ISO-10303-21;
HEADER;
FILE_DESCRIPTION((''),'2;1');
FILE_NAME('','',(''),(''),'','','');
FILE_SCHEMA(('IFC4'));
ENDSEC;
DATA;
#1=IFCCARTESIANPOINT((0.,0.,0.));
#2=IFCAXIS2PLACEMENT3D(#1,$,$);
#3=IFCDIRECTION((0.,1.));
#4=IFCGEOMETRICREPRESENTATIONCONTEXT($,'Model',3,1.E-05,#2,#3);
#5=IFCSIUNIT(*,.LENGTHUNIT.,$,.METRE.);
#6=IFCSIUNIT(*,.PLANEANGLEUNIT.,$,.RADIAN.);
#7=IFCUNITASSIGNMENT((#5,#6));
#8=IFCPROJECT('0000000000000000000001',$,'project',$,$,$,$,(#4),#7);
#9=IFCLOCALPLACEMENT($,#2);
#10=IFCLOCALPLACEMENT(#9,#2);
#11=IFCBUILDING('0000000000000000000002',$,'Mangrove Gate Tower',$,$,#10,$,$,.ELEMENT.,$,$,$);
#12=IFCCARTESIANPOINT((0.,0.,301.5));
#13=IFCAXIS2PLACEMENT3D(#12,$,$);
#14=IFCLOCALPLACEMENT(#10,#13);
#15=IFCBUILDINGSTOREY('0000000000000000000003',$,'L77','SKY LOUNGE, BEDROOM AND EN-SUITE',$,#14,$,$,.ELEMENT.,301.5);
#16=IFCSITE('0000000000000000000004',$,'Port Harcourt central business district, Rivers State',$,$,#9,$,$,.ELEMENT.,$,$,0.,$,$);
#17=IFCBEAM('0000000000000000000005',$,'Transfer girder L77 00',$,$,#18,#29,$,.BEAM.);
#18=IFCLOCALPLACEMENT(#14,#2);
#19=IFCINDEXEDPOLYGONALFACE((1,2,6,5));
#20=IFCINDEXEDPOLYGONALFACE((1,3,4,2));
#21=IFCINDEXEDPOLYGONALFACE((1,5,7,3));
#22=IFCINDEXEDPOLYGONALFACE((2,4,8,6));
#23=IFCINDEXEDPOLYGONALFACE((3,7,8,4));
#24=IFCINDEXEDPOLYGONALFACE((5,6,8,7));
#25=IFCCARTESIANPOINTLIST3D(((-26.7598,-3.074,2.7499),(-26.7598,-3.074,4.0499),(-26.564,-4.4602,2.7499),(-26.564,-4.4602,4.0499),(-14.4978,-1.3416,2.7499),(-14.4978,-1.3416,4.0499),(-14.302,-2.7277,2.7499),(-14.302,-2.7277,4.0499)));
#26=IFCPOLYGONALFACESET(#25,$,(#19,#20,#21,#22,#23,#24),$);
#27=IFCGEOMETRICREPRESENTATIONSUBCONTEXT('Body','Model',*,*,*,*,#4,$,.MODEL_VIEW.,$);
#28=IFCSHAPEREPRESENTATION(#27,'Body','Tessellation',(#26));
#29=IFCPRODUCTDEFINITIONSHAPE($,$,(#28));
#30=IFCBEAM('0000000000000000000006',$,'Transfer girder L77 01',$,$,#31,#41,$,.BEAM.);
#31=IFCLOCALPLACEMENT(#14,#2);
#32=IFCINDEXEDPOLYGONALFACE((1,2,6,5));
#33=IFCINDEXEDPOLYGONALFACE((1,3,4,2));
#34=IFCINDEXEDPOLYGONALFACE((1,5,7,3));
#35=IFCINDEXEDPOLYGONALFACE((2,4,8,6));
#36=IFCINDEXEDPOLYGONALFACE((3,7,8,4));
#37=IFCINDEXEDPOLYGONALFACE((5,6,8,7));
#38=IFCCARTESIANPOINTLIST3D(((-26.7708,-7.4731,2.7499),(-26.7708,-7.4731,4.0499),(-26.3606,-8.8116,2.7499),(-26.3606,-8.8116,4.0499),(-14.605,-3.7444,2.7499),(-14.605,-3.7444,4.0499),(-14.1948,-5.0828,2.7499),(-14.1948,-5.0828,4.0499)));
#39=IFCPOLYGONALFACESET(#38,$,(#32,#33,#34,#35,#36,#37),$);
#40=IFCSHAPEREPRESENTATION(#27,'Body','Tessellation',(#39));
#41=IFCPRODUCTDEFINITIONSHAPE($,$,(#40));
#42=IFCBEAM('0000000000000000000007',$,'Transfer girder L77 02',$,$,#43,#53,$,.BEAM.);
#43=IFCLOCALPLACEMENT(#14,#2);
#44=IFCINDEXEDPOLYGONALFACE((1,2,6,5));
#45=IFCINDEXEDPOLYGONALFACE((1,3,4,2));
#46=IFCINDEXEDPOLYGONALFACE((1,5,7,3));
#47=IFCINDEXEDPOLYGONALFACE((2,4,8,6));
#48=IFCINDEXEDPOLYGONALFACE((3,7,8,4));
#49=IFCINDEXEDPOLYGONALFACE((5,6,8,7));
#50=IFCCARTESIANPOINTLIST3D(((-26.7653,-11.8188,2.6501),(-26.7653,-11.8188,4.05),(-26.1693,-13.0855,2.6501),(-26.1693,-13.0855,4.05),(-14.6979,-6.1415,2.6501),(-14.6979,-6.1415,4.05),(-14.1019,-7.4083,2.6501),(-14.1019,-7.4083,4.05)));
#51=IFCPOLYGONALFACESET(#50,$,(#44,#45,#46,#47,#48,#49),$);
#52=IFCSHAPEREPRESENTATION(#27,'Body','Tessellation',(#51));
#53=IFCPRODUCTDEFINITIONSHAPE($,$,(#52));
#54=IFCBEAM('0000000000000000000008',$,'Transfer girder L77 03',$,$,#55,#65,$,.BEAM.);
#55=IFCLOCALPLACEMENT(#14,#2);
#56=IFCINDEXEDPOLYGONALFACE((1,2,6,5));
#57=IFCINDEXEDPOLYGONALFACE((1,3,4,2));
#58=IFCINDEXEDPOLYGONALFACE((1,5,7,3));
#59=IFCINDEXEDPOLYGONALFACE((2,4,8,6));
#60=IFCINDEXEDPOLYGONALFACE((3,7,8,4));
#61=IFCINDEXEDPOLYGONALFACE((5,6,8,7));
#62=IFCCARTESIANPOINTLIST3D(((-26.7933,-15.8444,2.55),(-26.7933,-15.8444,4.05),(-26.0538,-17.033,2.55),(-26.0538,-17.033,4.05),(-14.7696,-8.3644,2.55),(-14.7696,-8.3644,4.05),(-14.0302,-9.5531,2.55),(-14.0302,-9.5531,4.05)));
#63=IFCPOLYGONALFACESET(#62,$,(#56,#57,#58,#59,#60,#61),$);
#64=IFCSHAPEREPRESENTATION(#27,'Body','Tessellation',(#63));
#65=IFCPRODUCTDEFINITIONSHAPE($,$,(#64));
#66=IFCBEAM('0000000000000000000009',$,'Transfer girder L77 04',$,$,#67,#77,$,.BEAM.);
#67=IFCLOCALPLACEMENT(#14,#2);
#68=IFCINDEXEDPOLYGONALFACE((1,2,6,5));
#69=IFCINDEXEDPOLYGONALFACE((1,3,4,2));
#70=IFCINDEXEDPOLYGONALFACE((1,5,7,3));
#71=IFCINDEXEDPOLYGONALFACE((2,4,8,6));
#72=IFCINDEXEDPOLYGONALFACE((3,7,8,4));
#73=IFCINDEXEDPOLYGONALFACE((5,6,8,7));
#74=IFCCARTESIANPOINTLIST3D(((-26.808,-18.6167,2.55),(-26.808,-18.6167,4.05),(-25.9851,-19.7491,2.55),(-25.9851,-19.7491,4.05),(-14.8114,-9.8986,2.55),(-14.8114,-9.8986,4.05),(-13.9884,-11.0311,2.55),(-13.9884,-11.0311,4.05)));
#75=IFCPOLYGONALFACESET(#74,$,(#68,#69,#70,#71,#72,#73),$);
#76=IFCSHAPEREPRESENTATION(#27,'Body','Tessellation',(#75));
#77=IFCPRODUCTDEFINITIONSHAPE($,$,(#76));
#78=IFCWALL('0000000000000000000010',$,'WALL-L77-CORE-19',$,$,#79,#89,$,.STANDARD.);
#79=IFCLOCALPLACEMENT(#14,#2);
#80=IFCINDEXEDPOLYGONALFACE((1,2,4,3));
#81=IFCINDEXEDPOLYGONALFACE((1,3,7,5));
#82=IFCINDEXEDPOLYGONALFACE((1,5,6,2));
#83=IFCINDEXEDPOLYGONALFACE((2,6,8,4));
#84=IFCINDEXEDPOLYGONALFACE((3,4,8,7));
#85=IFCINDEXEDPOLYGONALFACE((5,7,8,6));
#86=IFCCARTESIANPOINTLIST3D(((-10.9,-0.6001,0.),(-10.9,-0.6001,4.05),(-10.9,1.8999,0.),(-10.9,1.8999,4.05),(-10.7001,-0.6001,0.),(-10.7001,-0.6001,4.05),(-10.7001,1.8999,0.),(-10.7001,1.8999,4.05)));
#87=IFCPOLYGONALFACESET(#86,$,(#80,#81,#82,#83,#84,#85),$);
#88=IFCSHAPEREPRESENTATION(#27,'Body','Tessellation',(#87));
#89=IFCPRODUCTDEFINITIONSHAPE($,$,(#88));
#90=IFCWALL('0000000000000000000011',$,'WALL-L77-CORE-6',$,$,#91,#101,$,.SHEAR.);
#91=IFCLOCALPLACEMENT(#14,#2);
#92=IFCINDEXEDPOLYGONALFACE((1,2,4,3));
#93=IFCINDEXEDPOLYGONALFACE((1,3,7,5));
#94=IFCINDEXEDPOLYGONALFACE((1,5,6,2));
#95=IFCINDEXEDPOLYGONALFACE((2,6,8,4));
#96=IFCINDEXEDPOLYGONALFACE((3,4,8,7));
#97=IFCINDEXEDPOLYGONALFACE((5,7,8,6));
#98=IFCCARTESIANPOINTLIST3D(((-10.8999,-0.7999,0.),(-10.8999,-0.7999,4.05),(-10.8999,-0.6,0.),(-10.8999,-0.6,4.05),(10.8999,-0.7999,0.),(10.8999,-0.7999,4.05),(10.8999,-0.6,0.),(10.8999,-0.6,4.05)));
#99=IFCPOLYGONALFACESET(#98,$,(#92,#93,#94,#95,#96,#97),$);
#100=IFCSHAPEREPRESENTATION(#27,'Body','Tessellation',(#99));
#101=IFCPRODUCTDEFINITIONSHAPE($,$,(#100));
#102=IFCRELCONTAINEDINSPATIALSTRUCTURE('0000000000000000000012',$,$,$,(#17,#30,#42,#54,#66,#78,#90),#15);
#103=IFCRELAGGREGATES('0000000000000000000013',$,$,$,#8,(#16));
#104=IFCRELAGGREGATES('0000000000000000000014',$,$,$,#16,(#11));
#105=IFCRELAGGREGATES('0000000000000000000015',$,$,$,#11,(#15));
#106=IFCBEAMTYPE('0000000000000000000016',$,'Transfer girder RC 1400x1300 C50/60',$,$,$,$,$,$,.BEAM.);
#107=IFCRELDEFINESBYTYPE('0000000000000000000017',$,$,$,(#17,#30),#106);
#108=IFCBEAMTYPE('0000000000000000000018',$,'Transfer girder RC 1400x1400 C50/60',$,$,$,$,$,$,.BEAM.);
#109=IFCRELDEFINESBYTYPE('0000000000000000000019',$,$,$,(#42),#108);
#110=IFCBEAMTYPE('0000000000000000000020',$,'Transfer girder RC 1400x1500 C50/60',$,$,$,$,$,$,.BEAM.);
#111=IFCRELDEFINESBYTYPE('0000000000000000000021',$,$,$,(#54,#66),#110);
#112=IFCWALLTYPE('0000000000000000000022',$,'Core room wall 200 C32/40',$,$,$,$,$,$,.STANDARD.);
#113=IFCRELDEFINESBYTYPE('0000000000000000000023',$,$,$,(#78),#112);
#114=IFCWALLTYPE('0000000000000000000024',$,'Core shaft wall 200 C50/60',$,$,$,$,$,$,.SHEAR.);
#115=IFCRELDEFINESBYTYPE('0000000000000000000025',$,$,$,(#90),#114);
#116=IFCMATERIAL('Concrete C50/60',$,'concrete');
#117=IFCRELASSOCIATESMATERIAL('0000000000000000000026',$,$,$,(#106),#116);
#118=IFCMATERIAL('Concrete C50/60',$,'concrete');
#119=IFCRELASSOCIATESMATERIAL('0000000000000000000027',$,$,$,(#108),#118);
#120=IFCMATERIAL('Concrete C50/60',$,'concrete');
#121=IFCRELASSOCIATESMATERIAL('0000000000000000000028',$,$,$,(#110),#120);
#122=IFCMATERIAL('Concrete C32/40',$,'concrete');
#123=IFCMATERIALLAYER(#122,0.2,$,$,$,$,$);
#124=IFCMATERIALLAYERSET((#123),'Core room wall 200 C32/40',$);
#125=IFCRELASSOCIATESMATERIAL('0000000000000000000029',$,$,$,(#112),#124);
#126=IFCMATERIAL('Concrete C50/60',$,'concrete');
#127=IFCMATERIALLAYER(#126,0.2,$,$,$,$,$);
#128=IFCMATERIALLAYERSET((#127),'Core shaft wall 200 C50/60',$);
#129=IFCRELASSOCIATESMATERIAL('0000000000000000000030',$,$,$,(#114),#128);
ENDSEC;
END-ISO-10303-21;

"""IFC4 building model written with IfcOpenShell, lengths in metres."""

from ifc_helpers import new_model, si_unit, direction, frame, frame_2d, origin, origin_2d, place, context, subcontext, project, spatial, rectangle, extrude, material, layer, layer_set, material_profile, profile_set, type_object, element, save


model = new_model("IFC4")

# Units and contexts
model_context = context("Model", 3, precision=1e-05, world=origin(), true_north=direction((0.0, 1.0)))
body_context = subcontext(model_context, "Body", "Model", "MODEL_VIEW")
ifc_project = project(units=[si_unit("LENGTHUNIT", "METRE"), si_unit("PLANEANGLEUNIT", "RADIAN")], contexts=[model_context])

# Site, building, storey
site_placement = place(None, origin())
site = spatial("IfcSite", under=ifc_project, at=site_placement, Name="Port Harcourt central business district, Rivers State", CompositionType="ELEMENT", RefElevation=0.0)
building_placement = place(site_placement, origin())
building = spatial("IfcBuilding", under=site, at=building_placement, Name="Mangrove Gate Tower", CompositionType="ELEMENT")
storey_placement = place(building_placement, frame((0.0, 0.0, 301.5)))
storey = spatial("IfcBuildingStorey", under=building, at=storey_placement, Name="L77", Description="SKY LOUNGE, BEDROOM AND EN-SUITE", CompositionType="ELEMENT", Elevation=301.5)

# Beams
ifc_material_1 = material(Name="Concrete C50/60", Category="concrete")
ifc_material_profile_1 = material_profile(ifc_material_1, rectangle(XDim=1.3999, YDim=1.3, at=origin_2d()))
ifc_profile_set_1 = profile_set([ifc_material_profile_1], Name="Concrete C50/60")
beam_type_1 = type_object("IfcBeamType", Name="Transfer girder RC 1400x1300 C50/60", PredefinedType="BEAM", material=ifc_profile_set_1)
beam_1_placement = place(storey_placement, frame((-14.3999, -2.0347, 3.3999), z_axis=(-0.990166, -0.139895, 0.0), x_axis=(0.139895, -0.990166, 0.0)))
element("IfcBeam", 1, at=beam_1_placement, inside=storey, type_object=beam_type_1, Name="Transfer girder L77 00", PredefinedType="BEAM", context=body_context, shape_type="SweptSolid", body=[
    extrude(rectangle(XDim=1.3999, YDim=1.3, at=origin_2d()), origin(), (0.0, 0.0, 1.0), 12.3838),
])
beam_2_placement = place(storey_placement, frame((-14.3999, -4.4136, 3.3999), z_axis=(-0.9561, -0.293041, 0.0), x_axis=(0.293041, -0.9561, 0.0)))
element("IfcBeam", 2, at=beam_2_placement, inside=storey, type_object=beam_type_1, Name="Transfer girder L77 01", PredefinedType="BEAM", context=body_context, shape_type="SweptSolid", body=[
    extrude(rectangle(XDim=1.3999, YDim=1.3, at=origin_2d()), origin(), (0.0, 0.0, 1.0), 12.7244),
])
ifc_material_2 = material(Name="Concrete C50/60", Category="concrete")
ifc_material_profile_2 = material_profile(ifc_material_2, rectangle(XDim=1.3999, YDim=1.3999, at=origin_2d()))
ifc_profile_set_2 = profile_set([ifc_material_profile_2], Name="Concrete C50/60")
beam_type_2 = type_object("IfcBeamType", Name="Transfer girder RC 1400x1400 C50/60", PredefinedType="BEAM", material=ifc_profile_set_2)
beam_3_placement = place(storey_placement, frame((-14.3999, -6.7749, 3.3501), z_axis=(-0.904863, -0.425704, 0.0), x_axis=(0.425704, -0.904863, 0.0)))
element("IfcBeam", 3, at=beam_3_placement, inside=storey, type_object=beam_type_2, Name="Transfer girder L77 02", PredefinedType="BEAM", context=body_context, shape_type="SweptSolid", body=[
    extrude(rectangle(XDim=1.3999, YDim=1.3999, at=origin_2d()), origin(), (0.0, 0.0, 1.0), 13.3362),
])
ifc_material_3 = material(Name="Concrete C50/60", Category="concrete")
ifc_material_profile_3 = material_profile(ifc_material_3, rectangle(XDim=1.3999, YDim=1.5, at=origin_2d()))
ifc_profile_set_3 = profile_set([ifc_material_profile_3], Name="Concrete C50/60")
beam_type_3 = type_object("IfcBeamType", Name="Transfer girder RC 1400x1500 C50/60", PredefinedType="BEAM", material=ifc_profile_set_3)
beam_4_placement = place(storey_placement, frame((-14.3999, -8.9587, 3.3), z_axis=(-0.849102, -0.52823, 0.0), x_axis=(0.52823, -0.849102, 0.0)))
element("IfcBeam", 4, at=beam_4_placement, inside=storey, type_object=beam_type_3, Name="Transfer girder L77 03", PredefinedType="BEAM", context=body_context, shape_type="SweptSolid", body=[
    extrude(rectangle(XDim=1.3999, YDim=1.5, at=origin_2d()), origin(), (0.0, 0.0, 1.0), 14.1604),
])
beam_5_placement = place(storey_placement, frame((-14.3999, -10.4648, 3.3), z_axis=(-0.808953, -0.587873, 0.0), x_axis=(0.587873, -0.808953, 0.0)))
element("IfcBeam", 5, at=beam_5_placement, inside=storey, type_object=beam_type_3, Name="Transfer girder L77 04", PredefinedType="BEAM", context=body_context, shape_type="SweptSolid", body=[
    extrude(rectangle(XDim=1.3999, YDim=1.5, at=origin_2d()), origin(), (0.0, 0.0, 1.0), 14.8298),
])

# Walls
ifc_material_4 = material(Name="Concrete C32/40", Category="concrete")
ifc_layer_1 = layer(ifc_material_4, 0.2)
ifc_layer_set_1 = layer_set([ifc_layer_1], Name="Core room wall 200 C32/40")
wall_type_1 = type_object("IfcWallType", Name="Core room wall 200 C32/40", PredefinedType="STANDARD", material=ifc_layer_set_1)
wall_1_placement = place(storey_placement, frame((-10.8, -0.6001, 0.0), z_axis=(0.0, 0.0, 1.0), x_axis=(0.0, 1.0, 0.0)))
element("IfcWall", 6, at=wall_1_placement, inside=storey, type_object=wall_type_1, Name="WALL-L77-CORE-19", PredefinedType="STANDARD", context=body_context, shape_type="SweptSolid", body=[
    extrude(rectangle(XDim=2.5, YDim=0.2, at=frame_2d((1.25, 0.0))), origin(), (0.0, 0.0, 1.0), 4.05),
])
ifc_material_5 = material(Name="Concrete C50/60", Category="concrete")
ifc_layer_2 = layer(ifc_material_5, 0.2)
ifc_layer_set_2 = layer_set([ifc_layer_2], Name="Core shaft wall 200 C50/60")
wall_type_2 = type_object("IfcWallType", Name="Core shaft wall 200 C50/60", PredefinedType="SHEAR", material=ifc_layer_set_2)
wall_2_placement = place(storey_placement, frame((-10.8999, -0.7, 0.0), z_axis=(0.0, 0.0, 1.0), x_axis=(1.0, 0.0, 0.0)))
element("IfcWall", 7, at=wall_2_placement, inside=storey, type_object=wall_type_2, Name="WALL-L77-CORE-6", PredefinedType="SHEAR", context=body_context, shape_type="SweptSolid", body=[
    extrude(rectangle(XDim=21.7998, YDim=0.2, at=frame_2d((10.8999, 0.0))), origin(), (0.0, 0.0, 1.0), 4.05),
])

save(model, "model.ifc")
